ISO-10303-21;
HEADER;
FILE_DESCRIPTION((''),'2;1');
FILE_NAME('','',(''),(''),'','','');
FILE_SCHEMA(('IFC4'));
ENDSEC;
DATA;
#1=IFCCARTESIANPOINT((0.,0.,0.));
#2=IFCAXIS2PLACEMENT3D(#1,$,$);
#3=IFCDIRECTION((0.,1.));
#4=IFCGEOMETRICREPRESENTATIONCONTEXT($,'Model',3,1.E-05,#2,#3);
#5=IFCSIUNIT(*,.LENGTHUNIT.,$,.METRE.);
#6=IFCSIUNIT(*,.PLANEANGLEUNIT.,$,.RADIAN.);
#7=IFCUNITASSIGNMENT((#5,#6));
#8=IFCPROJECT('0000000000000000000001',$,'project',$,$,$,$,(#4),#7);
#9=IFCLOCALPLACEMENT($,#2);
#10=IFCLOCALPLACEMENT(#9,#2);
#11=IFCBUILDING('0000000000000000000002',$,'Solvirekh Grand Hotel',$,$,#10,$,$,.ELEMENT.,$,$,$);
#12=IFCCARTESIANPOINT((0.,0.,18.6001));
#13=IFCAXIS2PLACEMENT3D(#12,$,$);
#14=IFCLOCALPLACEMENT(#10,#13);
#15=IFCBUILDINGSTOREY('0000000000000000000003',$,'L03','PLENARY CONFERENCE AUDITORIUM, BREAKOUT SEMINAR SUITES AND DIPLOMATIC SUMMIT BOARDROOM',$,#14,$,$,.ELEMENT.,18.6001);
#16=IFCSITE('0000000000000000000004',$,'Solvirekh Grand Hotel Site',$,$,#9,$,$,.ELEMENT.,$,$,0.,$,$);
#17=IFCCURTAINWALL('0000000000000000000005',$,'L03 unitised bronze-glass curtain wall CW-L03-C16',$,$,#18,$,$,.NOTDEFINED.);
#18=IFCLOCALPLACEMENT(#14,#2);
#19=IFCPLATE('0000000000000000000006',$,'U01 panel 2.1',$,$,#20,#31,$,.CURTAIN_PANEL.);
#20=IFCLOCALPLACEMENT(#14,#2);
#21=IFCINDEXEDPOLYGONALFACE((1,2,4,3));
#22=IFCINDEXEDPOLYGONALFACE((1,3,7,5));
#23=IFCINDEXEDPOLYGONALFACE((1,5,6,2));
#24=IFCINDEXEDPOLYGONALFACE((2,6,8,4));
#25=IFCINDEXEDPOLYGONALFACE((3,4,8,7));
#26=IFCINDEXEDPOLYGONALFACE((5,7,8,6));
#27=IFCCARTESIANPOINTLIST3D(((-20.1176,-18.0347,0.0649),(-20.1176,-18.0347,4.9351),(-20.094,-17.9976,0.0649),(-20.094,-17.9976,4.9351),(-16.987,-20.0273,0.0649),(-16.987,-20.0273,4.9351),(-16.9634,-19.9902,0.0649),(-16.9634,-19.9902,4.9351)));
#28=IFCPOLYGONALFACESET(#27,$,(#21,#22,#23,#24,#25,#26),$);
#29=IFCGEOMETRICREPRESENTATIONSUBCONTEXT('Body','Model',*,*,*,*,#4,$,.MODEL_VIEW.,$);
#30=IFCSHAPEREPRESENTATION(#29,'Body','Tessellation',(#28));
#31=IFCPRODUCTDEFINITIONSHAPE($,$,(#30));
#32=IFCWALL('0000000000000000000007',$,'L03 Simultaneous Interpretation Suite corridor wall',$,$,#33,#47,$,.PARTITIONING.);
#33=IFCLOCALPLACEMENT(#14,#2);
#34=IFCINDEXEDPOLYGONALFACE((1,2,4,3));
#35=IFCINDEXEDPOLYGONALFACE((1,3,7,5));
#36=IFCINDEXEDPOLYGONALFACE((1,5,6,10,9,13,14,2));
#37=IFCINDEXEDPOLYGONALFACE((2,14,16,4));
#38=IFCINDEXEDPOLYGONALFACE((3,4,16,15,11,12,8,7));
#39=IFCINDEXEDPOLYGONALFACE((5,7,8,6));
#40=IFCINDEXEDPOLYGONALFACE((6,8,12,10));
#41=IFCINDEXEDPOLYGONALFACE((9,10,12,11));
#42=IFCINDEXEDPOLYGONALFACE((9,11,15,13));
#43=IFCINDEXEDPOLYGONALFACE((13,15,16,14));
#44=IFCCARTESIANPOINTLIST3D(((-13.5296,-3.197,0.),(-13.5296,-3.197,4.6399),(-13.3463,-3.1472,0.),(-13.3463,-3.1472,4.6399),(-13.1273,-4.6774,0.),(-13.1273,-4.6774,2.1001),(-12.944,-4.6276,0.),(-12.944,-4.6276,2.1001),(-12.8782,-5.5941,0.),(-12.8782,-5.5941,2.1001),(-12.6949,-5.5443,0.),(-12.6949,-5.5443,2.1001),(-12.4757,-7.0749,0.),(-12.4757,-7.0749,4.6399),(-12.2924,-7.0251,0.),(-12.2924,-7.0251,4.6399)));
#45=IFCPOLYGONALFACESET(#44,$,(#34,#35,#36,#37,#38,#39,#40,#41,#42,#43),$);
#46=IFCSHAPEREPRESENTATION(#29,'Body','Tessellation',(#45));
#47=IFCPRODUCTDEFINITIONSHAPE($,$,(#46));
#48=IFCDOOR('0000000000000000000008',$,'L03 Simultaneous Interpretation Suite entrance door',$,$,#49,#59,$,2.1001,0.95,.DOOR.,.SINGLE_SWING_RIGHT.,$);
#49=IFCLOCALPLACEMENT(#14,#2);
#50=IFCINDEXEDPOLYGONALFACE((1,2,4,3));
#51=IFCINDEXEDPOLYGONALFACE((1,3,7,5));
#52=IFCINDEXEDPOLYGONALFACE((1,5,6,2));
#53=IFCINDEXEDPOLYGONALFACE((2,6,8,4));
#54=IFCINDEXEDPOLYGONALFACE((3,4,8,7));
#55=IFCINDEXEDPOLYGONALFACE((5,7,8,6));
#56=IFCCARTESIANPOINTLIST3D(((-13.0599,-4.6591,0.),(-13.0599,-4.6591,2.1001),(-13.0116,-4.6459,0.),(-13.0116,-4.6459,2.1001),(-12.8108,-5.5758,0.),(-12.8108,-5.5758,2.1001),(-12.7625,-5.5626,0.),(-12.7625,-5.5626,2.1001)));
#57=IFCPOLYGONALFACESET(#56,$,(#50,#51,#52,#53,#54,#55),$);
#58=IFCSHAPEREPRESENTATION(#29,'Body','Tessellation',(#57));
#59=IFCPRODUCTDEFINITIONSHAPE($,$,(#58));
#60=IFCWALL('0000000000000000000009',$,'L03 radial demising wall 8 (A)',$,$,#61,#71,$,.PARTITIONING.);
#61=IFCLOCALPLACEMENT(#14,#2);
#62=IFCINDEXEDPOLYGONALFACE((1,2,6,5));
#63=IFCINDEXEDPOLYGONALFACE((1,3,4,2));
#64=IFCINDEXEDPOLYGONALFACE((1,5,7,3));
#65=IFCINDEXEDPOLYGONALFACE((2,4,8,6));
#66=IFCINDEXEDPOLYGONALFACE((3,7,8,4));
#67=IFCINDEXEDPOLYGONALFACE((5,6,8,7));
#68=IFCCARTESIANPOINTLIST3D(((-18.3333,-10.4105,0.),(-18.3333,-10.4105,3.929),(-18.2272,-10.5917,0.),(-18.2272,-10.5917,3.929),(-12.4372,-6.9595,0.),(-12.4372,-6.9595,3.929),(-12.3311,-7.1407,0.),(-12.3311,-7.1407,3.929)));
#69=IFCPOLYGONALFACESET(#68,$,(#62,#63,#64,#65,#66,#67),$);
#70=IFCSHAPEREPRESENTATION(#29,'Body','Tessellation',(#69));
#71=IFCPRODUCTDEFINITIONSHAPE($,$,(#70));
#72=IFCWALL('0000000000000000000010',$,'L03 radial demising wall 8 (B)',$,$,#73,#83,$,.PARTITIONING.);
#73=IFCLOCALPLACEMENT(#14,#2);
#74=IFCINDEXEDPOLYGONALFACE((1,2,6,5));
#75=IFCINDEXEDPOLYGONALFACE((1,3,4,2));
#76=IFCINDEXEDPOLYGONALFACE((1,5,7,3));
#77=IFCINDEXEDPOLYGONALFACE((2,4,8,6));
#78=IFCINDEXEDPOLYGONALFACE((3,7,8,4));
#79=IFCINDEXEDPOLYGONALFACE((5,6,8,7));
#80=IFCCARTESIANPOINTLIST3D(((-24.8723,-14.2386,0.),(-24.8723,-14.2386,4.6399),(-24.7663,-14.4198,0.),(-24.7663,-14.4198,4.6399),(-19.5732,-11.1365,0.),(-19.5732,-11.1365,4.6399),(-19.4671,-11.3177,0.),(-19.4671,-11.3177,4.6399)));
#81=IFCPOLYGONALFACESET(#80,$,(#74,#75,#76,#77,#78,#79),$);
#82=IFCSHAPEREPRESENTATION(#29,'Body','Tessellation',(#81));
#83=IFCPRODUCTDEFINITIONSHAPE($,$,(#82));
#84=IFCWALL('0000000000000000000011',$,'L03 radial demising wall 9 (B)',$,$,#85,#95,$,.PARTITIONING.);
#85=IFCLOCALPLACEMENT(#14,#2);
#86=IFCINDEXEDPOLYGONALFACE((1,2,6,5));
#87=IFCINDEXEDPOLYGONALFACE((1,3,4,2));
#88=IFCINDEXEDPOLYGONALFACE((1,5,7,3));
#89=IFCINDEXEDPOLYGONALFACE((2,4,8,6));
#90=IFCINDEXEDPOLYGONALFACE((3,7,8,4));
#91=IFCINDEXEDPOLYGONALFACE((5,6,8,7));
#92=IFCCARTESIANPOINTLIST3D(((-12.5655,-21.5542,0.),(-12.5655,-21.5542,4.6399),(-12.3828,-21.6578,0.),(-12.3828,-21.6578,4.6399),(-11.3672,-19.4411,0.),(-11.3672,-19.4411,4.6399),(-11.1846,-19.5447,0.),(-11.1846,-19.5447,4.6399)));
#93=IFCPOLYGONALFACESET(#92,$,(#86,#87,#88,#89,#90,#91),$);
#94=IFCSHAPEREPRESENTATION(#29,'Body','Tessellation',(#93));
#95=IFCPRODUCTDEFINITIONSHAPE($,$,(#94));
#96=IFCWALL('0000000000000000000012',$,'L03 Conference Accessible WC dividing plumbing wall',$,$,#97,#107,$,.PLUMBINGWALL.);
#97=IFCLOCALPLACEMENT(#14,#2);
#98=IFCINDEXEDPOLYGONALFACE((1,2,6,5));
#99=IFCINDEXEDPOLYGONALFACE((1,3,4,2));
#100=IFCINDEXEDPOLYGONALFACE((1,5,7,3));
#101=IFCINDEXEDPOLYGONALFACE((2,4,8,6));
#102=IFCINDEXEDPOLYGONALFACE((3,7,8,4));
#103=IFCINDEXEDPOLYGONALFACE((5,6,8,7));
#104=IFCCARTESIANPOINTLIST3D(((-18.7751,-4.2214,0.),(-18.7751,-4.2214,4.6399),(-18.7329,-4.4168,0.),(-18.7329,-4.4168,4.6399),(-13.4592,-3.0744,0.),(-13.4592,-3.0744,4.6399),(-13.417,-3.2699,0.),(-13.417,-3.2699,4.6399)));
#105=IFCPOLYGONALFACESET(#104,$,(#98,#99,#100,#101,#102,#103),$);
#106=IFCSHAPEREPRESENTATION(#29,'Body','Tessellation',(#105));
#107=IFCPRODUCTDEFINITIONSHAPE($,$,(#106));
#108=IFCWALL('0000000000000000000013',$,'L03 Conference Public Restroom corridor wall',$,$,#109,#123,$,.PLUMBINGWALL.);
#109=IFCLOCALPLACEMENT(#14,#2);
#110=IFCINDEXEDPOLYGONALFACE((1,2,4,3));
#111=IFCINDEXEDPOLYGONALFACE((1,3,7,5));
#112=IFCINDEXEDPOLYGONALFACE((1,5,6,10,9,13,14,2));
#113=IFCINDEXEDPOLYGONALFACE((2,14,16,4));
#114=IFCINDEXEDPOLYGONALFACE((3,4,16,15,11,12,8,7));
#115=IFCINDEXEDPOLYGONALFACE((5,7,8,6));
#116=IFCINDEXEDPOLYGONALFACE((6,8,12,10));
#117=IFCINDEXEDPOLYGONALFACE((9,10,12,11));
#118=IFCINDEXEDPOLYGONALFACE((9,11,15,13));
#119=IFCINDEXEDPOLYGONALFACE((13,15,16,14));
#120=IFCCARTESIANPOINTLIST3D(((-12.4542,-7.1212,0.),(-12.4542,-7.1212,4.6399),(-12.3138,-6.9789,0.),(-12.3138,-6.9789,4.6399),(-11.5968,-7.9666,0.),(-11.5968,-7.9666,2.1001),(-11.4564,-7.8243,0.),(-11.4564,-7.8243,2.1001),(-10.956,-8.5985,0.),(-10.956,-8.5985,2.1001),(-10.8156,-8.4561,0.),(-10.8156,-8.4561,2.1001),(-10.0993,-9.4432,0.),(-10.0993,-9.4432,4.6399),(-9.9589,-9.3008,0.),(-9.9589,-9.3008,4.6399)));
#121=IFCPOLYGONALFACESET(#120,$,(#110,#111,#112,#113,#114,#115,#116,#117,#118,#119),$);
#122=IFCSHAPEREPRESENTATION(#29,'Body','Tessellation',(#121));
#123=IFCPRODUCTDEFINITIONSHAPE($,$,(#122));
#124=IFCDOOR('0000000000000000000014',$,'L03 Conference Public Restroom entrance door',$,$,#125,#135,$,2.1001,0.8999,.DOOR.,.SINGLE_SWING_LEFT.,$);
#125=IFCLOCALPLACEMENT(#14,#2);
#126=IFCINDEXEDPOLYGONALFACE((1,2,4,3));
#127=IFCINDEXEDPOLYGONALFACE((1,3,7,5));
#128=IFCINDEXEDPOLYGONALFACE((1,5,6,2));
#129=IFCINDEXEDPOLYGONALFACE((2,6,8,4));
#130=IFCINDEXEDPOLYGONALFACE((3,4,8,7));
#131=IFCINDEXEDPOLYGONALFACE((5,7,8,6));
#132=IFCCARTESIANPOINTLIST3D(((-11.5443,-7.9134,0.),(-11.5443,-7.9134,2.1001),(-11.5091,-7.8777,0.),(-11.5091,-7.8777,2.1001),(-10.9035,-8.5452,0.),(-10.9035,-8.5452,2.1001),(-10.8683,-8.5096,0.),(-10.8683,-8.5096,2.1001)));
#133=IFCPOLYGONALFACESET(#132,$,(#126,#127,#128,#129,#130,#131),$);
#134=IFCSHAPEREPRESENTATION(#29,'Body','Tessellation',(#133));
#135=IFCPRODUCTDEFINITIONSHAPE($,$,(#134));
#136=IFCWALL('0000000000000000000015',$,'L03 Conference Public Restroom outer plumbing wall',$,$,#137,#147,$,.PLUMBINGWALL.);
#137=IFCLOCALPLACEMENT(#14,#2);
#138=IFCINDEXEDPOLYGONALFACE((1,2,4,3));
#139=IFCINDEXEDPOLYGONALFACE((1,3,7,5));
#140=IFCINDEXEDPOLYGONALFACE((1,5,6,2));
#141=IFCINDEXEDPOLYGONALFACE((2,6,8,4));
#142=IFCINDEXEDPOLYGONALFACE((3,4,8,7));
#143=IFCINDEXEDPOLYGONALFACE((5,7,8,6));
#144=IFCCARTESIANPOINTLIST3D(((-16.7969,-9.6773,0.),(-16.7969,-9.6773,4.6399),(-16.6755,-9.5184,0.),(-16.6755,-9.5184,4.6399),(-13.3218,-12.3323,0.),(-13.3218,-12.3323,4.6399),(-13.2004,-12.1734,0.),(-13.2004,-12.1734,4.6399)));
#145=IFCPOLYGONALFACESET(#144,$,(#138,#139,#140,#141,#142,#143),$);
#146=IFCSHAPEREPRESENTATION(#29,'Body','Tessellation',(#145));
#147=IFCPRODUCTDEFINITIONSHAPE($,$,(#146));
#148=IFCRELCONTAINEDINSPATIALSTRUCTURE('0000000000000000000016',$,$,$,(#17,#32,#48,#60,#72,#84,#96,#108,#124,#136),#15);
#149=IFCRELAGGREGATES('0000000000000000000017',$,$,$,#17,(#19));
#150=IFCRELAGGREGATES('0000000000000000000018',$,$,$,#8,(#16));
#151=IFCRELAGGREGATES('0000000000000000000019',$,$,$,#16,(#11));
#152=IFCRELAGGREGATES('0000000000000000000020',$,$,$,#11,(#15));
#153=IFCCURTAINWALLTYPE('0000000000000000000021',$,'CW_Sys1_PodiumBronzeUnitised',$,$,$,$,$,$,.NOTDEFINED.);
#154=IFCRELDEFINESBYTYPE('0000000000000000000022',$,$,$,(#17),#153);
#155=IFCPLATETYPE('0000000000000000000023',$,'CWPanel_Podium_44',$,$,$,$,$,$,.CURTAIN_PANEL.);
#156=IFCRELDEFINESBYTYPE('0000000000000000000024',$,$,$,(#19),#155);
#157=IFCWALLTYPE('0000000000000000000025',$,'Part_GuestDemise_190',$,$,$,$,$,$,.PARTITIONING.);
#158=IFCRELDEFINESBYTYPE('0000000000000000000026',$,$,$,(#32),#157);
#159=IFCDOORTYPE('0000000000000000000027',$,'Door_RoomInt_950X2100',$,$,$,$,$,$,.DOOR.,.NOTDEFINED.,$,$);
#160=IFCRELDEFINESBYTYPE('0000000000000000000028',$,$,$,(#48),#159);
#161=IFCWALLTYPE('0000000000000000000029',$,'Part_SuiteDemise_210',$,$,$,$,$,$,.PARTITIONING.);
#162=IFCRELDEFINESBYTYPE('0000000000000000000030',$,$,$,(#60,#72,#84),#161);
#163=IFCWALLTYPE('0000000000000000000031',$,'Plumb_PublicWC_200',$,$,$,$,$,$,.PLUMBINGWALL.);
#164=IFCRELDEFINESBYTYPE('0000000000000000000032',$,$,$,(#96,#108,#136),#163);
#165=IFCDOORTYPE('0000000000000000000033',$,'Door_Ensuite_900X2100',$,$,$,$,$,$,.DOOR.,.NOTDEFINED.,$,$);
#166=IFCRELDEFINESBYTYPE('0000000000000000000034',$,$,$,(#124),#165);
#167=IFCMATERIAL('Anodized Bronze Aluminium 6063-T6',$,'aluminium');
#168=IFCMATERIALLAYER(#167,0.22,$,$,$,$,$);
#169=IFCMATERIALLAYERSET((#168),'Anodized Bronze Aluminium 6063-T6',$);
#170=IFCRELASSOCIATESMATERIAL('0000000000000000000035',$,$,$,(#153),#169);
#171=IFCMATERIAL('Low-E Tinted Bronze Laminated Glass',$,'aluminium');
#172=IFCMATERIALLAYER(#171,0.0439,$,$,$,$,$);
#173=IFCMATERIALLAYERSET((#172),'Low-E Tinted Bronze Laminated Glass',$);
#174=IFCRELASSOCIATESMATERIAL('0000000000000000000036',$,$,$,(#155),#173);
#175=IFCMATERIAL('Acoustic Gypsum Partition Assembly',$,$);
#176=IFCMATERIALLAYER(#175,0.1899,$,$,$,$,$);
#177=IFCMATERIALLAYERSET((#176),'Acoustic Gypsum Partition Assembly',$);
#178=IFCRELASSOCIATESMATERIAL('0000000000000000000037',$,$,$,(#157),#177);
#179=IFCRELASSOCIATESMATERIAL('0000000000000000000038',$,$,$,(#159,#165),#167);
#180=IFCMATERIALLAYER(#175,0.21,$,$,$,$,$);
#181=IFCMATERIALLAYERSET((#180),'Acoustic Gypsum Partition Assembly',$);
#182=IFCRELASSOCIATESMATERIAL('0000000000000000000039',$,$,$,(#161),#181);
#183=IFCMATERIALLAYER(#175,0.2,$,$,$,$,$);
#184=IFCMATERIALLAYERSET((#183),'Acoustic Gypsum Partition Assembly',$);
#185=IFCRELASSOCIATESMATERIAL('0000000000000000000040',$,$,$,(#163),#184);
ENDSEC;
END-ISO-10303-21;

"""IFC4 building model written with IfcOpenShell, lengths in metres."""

from ifc_helpers import new_model, si_unit, direction, frame, frame_2d, origin, origin_2d, place, context, subcontext, project, spatial, rectangle, extrude, source, transform, mapped, material, layer, layer_set, type_object, element, fill, aggregate, save


model = new_model("IFC4")

# Units and contexts
model_context = context("Model", 3, precision=1e-05, world=origin(), true_north=direction((0.0, 1.0)))
body_context = subcontext(model_context, "Body", "Model", "MODEL_VIEW")
ifc_project = project(units=[si_unit("LENGTHUNIT", "METRE"), si_unit("PLANEANGLEUNIT", "RADIAN")], contexts=[model_context])

# Site, building, storey
site_placement = place(None, origin())
site = spatial("IfcSite", under=ifc_project, at=site_placement, Name="Solvirekh Grand Hotel Site", CompositionType="ELEMENT", RefElevation=0.0)
building_placement = place(site_placement, origin())
building = spatial("IfcBuilding", under=site, at=building_placement, Name="Solvirekh Grand Hotel", CompositionType="ELEMENT")
storey_placement = place(building_placement, frame((0.0, 0.0, 18.6001)))
storey = spatial("IfcBuildingStorey", under=building, at=storey_placement, Name="L03", Description="PLENARY CONFERENCE AUDITORIUM, BREAKOUT SEMINAR SUITES AND DIPLOMATIC SUMMIT BOARDROOM", CompositionType="ELEMENT", Elevation=18.6001)

# Curtain wall
ifc_material_1 = material(Name="Anodized Bronze Aluminium 6063-T6", Category="aluminium")
ifc_layer_1 = layer(ifc_material_1, 0.22)
ifc_layer_set_1 = layer_set([ifc_layer_1], Name="Anodized Bronze Aluminium 6063-T6")
curtain_wall_type = type_object("IfcCurtainWallType", Name="CW_Sys1_PodiumBronzeUnitised", PredefinedType="NOTDEFINED", material=ifc_layer_set_1)
curtain_wall_1_placement = place(storey_placement, origin())
curtain_wall_1 = element("IfcCurtainWall", 1, at=curtain_wall_1_placement, inside=storey, type_object=curtain_wall_type, Name="L03 unitised bronze-glass curtain wall CW-L03-C16", PredefinedType="NOTDEFINED")

# Plate
ifc_material_2 = material(Name="Low-E Tinted Bronze Laminated Glass", Category="aluminium")
ifc_layer_2 = layer(ifc_material_2, 0.0439)
ifc_layer_set_2 = layer_set([ifc_layer_2], Name="Low-E Tinted Bronze Laminated Glass")
plate_type = type_object("IfcPlateType", Name="CWPanel_Podium_44", PredefinedType="CURTAIN_PANEL", material=ifc_layer_set_2)
shared_shape_1 = source(origin(), body_context, "Body", "SweptSolid", [
    extrude(rectangle(XDim=3.7109, YDim=0.0439, at=origin_2d()), origin(), (0.0, 0.0, 1.0), 4.8701),
])
plate_1_placement = place(storey_placement, frame((-18.5405, -19.0125, 0.0649), z_axis=(0.0, 0.0, 1.0), x_axis=(0.843613, -0.536952, 0.0)))
plate_1 = element("IfcPlate", 2, at=plate_1_placement, type_object=plate_type, Name="U01 panel 2.1", PredefinedType="CURTAIN_PANEL", context=body_context, shape_type="MappedRepresentation", body=[
    mapped(shared_shape_1, transform((0.0, 0.0, 0.0), x_axis=(1.0, 0.0, 0.0), y_axis=(0.0, 1.0, 0.0), z_axis=(0.0, 0.0, 1.0), scale=1.0)),
])
aggregate(curtain_wall_1, [plate_1])

# Wall, opening, door
ifc_material_3 = material(Name="Acoustic Gypsum Partition Assembly")
ifc_layer_3 = layer(ifc_material_3, 0.1899)
ifc_layer_set_3 = layer_set([ifc_layer_3], Name="Acoustic Gypsum Partition Assembly")
wall_type_1 = type_object("IfcWallType", Name="Part_GuestDemise_190", PredefinedType="PARTITIONING", material=ifc_layer_set_3)
wall_1_placement = place(storey_placement, frame((-13.438, -3.1721, 0.0), z_axis=(0.0, 0.0, 1.0), x_axis=(0.262269, -0.964995, 0.0)))
wall_1 = element("IfcWall", 3, at=wall_1_placement, inside=storey, type_object=wall_type_1, Name="L03 Simultaneous Interpretation Suite corridor wall", PredefinedType="PARTITIONING", context=body_context, shape_type="SweptSolid", body=[
    extrude(rectangle(XDim=4.0186, YDim=0.1899, at=frame_2d((2.0093, 0.0))), origin(), (0.0, 0.0, 1.0), 4.6399),
])
opening_1_placement = place(wall_1_placement, frame((1.5339, 0.0, 0.0)))
opening_1 = element("IfcOpeningElement", 4, at=opening_1_placement, cuts=wall_1, PredefinedType="OPENING", context=body_context, shape_type="SweptSolid", body=[
    extrude(rectangle(XDim=0.95, YDim=2.1001, at=frame_2d((0.4751, 1.05))), frame((0.0, 0.105, 0.0), z_axis=(0.0, -1.0, 0.0), x_axis=(1.0, 0.0, 0.0)), (0.0, 0.0, 1.0), 0.21),
])
door_type_1 = type_object("IfcDoorType", Name="Door_RoomInt_950X2100", OperationType="NOTDEFINED", PredefinedType="DOOR", material=ifc_material_1)
door_1_placement = place(opening_1_placement, origin())
door_1 = element("IfcDoor", 5, at=door_1_placement, inside=storey, type_object=door_type_1, Name="L03 Simultaneous Interpretation Suite entrance door", OperationType="SINGLE_SWING_RIGHT", OverallHeight=2.1001, OverallWidth=0.95, PredefinedType="DOOR", context=body_context, shape_type="SweptSolid", body=[
    extrude(rectangle(XDim=0.95, YDim=2.1001, at=frame_2d((0.4751, 1.05))), frame((0.0, 0.0249, 0.0), z_axis=(0.0, -1.0, 0.0), x_axis=(1.0, 0.0, 0.0)), (0.0, 0.0, 1.0), 0.05),
])
fill(opening_1, door_1)

# Walls
ifc_layer_4 = layer(ifc_material_3, 0.21)
ifc_layer_set_4 = layer_set([ifc_layer_4], Name="Acoustic Gypsum Partition Assembly")
wall_type_2 = type_object("IfcWallType", Name="Part_SuiteDemise_210", PredefinedType="PARTITIONING", material=ifc_layer_set_4)
wall_2_placement = place(storey_placement, frame((-12.384, -7.05, 0.0), z_axis=(0.0, 0.0, 1.0), x_axis=(-0.863039, -0.505137, 0.0)))
element("IfcWall", 6, at=wall_2_placement, inside=storey, type_object=wall_type_2, Name="L03 radial demising wall 8 (A)", PredefinedType="PARTITIONING", context=body_context, shape_type="SweptSolid", body=[
    extrude(rectangle(XDim=6.8318, YDim=0.21, at=frame_2d((3.416, 0.0))), origin(), (0.0, 0.0, 1.0), 3.929),
])
wall_3_placement = place(storey_placement, frame((-19.52, -11.2271, 0.0), z_axis=(0.0, 0.0, 1.0), x_axis=(-0.863003, -0.505198, 0.0)))
element("IfcWall", 7, at=wall_3_placement, inside=storey, type_object=wall_type_2, Name="L03 radial demising wall 8 (B)", PredefinedType="PARTITIONING", context=body_context, shape_type="SweptSolid", body=[
    extrude(rectangle(XDim=6.1404, YDim=0.21, at=frame_2d((3.0703, 0.0))), origin(), (0.0, 0.0, 1.0), 4.6399),
])
wall_4_placement = place(storey_placement, frame((-11.2759, -19.4929, 0.0), z_axis=(0.0, 0.0, 1.0), x_axis=(-0.493279, -0.869871, 0.0)))
element("IfcWall", 8, at=wall_4_placement, inside=storey, type_object=wall_type_2, Name="L03 radial demising wall 9 (B)", PredefinedType="PARTITIONING", context=body_context, shape_type="SweptSolid", body=[
    extrude(rectangle(XDim=2.4292, YDim=0.21, at=frame_2d((1.2146, 0.0))), origin(), (0.0, 0.0, 1.0), 4.6399),
])
ifc_layer_5 = layer(ifc_material_3, 0.2)
ifc_layer_set_5 = layer_set([ifc_layer_5], Name="Acoustic Gypsum Partition Assembly")
wall_type_3 = type_object("IfcWallType", Name="Plumb_PublicWC_200", PredefinedType="PLUMBINGWALL", material=ifc_layer_set_5)
wall_5_placement = place(storey_placement, frame((-13.438, -3.1721, 0.0), z_axis=(0.0, 0.0, 1.0), x_axis=(-0.977506, -0.210909, 0.0)))
element("IfcWall", 9, at=wall_5_placement, inside=storey, type_object=wall_type_3, Name="L03 Conference Accessible WC dividing plumbing wall", PredefinedType="PLUMBINGWALL", context=body_context, shape_type="SweptSolid", body=[
    extrude(rectangle(XDim=5.4382, YDim=0.2, at=frame_2d((2.7192, 0.0))), origin(), (0.0, 0.0, 1.0), 4.6399),
])

# Wall, opening, door
wall_6_placement = place(storey_placement, frame((-12.384, -7.05, 0.0), z_axis=(0.0, 0.0, 1.0), x_axis=(0.712072, -0.702106, 0.0)))
wall_6 = element("IfcWall", 10, at=wall_6_placement, inside=storey, type_object=wall_type_3, Name="L03 Conference Public Restroom corridor wall", PredefinedType="PLUMBINGWALL", context=body_context, shape_type="SweptSolid", body=[
    extrude(rectangle(XDim=3.3071, YDim=0.2, at=frame_2d((1.6536, 0.0))), origin(), (0.0, 0.0, 1.0), 4.6399),
])
opening_2_placement = place(wall_6_placement, frame((1.2041, 0.0, 0.0)))
opening_2 = element("IfcOpeningElement", 11, at=opening_2_placement, cuts=wall_6, PredefinedType="OPENING", context=body_context, shape_type="SweptSolid", body=[
    extrude(rectangle(XDim=0.8999, YDim=2.1001, at=frame_2d((0.45, 1.05))), frame((0.0, 0.1099, 0.0), z_axis=(0.0, -1.0, 0.0), x_axis=(1.0, 0.0, 0.0)), (0.0, 0.0, 1.0), 0.22),
])
door_type_2 = type_object("IfcDoorType", Name="Door_Ensuite_900X2100", OperationType="NOTDEFINED", PredefinedType="DOOR", material=ifc_material_1)
door_2_placement = place(opening_2_placement, origin())
door_2 = element("IfcDoor", 12, at=door_2_placement, inside=storey, type_object=door_type_2, Name="L03 Conference Public Restroom entrance door", OperationType="SINGLE_SWING_LEFT", OverallHeight=2.1001, OverallWidth=0.8999, PredefinedType="DOOR", context=body_context, shape_type="SweptSolid", body=[
    extrude(rectangle(XDim=0.8999, YDim=2.1001, at=frame_2d((0.45, 1.05))), frame((0.0, 0.0249, 0.0), z_axis=(0.0, -1.0, 0.0), x_axis=(1.0, 0.0, 0.0)), (0.0, 0.0, 1.0), 0.05),
])
fill(opening_2, door_2)

# Wall
wall_7_placement = place(storey_placement, frame((-16.7361, -9.5979, 0.0), z_axis=(0.0, 0.0, 1.0), x_axis=(0.794622, -0.607104, 0.0)))
element("IfcWall", 13, at=wall_7_placement, inside=storey, type_object=wall_type_3, Name="L03 Conference Public Restroom outer plumbing wall", PredefinedType="PLUMBINGWALL", context=body_context, shape_type="SweptSolid", body=[
    extrude(rectangle(XDim=4.3733, YDim=0.2, at=frame_2d((2.1865, 0.0))), origin(), (0.0, 0.0, 1.0), 4.6399),
])

save(model, "model.ifc")
